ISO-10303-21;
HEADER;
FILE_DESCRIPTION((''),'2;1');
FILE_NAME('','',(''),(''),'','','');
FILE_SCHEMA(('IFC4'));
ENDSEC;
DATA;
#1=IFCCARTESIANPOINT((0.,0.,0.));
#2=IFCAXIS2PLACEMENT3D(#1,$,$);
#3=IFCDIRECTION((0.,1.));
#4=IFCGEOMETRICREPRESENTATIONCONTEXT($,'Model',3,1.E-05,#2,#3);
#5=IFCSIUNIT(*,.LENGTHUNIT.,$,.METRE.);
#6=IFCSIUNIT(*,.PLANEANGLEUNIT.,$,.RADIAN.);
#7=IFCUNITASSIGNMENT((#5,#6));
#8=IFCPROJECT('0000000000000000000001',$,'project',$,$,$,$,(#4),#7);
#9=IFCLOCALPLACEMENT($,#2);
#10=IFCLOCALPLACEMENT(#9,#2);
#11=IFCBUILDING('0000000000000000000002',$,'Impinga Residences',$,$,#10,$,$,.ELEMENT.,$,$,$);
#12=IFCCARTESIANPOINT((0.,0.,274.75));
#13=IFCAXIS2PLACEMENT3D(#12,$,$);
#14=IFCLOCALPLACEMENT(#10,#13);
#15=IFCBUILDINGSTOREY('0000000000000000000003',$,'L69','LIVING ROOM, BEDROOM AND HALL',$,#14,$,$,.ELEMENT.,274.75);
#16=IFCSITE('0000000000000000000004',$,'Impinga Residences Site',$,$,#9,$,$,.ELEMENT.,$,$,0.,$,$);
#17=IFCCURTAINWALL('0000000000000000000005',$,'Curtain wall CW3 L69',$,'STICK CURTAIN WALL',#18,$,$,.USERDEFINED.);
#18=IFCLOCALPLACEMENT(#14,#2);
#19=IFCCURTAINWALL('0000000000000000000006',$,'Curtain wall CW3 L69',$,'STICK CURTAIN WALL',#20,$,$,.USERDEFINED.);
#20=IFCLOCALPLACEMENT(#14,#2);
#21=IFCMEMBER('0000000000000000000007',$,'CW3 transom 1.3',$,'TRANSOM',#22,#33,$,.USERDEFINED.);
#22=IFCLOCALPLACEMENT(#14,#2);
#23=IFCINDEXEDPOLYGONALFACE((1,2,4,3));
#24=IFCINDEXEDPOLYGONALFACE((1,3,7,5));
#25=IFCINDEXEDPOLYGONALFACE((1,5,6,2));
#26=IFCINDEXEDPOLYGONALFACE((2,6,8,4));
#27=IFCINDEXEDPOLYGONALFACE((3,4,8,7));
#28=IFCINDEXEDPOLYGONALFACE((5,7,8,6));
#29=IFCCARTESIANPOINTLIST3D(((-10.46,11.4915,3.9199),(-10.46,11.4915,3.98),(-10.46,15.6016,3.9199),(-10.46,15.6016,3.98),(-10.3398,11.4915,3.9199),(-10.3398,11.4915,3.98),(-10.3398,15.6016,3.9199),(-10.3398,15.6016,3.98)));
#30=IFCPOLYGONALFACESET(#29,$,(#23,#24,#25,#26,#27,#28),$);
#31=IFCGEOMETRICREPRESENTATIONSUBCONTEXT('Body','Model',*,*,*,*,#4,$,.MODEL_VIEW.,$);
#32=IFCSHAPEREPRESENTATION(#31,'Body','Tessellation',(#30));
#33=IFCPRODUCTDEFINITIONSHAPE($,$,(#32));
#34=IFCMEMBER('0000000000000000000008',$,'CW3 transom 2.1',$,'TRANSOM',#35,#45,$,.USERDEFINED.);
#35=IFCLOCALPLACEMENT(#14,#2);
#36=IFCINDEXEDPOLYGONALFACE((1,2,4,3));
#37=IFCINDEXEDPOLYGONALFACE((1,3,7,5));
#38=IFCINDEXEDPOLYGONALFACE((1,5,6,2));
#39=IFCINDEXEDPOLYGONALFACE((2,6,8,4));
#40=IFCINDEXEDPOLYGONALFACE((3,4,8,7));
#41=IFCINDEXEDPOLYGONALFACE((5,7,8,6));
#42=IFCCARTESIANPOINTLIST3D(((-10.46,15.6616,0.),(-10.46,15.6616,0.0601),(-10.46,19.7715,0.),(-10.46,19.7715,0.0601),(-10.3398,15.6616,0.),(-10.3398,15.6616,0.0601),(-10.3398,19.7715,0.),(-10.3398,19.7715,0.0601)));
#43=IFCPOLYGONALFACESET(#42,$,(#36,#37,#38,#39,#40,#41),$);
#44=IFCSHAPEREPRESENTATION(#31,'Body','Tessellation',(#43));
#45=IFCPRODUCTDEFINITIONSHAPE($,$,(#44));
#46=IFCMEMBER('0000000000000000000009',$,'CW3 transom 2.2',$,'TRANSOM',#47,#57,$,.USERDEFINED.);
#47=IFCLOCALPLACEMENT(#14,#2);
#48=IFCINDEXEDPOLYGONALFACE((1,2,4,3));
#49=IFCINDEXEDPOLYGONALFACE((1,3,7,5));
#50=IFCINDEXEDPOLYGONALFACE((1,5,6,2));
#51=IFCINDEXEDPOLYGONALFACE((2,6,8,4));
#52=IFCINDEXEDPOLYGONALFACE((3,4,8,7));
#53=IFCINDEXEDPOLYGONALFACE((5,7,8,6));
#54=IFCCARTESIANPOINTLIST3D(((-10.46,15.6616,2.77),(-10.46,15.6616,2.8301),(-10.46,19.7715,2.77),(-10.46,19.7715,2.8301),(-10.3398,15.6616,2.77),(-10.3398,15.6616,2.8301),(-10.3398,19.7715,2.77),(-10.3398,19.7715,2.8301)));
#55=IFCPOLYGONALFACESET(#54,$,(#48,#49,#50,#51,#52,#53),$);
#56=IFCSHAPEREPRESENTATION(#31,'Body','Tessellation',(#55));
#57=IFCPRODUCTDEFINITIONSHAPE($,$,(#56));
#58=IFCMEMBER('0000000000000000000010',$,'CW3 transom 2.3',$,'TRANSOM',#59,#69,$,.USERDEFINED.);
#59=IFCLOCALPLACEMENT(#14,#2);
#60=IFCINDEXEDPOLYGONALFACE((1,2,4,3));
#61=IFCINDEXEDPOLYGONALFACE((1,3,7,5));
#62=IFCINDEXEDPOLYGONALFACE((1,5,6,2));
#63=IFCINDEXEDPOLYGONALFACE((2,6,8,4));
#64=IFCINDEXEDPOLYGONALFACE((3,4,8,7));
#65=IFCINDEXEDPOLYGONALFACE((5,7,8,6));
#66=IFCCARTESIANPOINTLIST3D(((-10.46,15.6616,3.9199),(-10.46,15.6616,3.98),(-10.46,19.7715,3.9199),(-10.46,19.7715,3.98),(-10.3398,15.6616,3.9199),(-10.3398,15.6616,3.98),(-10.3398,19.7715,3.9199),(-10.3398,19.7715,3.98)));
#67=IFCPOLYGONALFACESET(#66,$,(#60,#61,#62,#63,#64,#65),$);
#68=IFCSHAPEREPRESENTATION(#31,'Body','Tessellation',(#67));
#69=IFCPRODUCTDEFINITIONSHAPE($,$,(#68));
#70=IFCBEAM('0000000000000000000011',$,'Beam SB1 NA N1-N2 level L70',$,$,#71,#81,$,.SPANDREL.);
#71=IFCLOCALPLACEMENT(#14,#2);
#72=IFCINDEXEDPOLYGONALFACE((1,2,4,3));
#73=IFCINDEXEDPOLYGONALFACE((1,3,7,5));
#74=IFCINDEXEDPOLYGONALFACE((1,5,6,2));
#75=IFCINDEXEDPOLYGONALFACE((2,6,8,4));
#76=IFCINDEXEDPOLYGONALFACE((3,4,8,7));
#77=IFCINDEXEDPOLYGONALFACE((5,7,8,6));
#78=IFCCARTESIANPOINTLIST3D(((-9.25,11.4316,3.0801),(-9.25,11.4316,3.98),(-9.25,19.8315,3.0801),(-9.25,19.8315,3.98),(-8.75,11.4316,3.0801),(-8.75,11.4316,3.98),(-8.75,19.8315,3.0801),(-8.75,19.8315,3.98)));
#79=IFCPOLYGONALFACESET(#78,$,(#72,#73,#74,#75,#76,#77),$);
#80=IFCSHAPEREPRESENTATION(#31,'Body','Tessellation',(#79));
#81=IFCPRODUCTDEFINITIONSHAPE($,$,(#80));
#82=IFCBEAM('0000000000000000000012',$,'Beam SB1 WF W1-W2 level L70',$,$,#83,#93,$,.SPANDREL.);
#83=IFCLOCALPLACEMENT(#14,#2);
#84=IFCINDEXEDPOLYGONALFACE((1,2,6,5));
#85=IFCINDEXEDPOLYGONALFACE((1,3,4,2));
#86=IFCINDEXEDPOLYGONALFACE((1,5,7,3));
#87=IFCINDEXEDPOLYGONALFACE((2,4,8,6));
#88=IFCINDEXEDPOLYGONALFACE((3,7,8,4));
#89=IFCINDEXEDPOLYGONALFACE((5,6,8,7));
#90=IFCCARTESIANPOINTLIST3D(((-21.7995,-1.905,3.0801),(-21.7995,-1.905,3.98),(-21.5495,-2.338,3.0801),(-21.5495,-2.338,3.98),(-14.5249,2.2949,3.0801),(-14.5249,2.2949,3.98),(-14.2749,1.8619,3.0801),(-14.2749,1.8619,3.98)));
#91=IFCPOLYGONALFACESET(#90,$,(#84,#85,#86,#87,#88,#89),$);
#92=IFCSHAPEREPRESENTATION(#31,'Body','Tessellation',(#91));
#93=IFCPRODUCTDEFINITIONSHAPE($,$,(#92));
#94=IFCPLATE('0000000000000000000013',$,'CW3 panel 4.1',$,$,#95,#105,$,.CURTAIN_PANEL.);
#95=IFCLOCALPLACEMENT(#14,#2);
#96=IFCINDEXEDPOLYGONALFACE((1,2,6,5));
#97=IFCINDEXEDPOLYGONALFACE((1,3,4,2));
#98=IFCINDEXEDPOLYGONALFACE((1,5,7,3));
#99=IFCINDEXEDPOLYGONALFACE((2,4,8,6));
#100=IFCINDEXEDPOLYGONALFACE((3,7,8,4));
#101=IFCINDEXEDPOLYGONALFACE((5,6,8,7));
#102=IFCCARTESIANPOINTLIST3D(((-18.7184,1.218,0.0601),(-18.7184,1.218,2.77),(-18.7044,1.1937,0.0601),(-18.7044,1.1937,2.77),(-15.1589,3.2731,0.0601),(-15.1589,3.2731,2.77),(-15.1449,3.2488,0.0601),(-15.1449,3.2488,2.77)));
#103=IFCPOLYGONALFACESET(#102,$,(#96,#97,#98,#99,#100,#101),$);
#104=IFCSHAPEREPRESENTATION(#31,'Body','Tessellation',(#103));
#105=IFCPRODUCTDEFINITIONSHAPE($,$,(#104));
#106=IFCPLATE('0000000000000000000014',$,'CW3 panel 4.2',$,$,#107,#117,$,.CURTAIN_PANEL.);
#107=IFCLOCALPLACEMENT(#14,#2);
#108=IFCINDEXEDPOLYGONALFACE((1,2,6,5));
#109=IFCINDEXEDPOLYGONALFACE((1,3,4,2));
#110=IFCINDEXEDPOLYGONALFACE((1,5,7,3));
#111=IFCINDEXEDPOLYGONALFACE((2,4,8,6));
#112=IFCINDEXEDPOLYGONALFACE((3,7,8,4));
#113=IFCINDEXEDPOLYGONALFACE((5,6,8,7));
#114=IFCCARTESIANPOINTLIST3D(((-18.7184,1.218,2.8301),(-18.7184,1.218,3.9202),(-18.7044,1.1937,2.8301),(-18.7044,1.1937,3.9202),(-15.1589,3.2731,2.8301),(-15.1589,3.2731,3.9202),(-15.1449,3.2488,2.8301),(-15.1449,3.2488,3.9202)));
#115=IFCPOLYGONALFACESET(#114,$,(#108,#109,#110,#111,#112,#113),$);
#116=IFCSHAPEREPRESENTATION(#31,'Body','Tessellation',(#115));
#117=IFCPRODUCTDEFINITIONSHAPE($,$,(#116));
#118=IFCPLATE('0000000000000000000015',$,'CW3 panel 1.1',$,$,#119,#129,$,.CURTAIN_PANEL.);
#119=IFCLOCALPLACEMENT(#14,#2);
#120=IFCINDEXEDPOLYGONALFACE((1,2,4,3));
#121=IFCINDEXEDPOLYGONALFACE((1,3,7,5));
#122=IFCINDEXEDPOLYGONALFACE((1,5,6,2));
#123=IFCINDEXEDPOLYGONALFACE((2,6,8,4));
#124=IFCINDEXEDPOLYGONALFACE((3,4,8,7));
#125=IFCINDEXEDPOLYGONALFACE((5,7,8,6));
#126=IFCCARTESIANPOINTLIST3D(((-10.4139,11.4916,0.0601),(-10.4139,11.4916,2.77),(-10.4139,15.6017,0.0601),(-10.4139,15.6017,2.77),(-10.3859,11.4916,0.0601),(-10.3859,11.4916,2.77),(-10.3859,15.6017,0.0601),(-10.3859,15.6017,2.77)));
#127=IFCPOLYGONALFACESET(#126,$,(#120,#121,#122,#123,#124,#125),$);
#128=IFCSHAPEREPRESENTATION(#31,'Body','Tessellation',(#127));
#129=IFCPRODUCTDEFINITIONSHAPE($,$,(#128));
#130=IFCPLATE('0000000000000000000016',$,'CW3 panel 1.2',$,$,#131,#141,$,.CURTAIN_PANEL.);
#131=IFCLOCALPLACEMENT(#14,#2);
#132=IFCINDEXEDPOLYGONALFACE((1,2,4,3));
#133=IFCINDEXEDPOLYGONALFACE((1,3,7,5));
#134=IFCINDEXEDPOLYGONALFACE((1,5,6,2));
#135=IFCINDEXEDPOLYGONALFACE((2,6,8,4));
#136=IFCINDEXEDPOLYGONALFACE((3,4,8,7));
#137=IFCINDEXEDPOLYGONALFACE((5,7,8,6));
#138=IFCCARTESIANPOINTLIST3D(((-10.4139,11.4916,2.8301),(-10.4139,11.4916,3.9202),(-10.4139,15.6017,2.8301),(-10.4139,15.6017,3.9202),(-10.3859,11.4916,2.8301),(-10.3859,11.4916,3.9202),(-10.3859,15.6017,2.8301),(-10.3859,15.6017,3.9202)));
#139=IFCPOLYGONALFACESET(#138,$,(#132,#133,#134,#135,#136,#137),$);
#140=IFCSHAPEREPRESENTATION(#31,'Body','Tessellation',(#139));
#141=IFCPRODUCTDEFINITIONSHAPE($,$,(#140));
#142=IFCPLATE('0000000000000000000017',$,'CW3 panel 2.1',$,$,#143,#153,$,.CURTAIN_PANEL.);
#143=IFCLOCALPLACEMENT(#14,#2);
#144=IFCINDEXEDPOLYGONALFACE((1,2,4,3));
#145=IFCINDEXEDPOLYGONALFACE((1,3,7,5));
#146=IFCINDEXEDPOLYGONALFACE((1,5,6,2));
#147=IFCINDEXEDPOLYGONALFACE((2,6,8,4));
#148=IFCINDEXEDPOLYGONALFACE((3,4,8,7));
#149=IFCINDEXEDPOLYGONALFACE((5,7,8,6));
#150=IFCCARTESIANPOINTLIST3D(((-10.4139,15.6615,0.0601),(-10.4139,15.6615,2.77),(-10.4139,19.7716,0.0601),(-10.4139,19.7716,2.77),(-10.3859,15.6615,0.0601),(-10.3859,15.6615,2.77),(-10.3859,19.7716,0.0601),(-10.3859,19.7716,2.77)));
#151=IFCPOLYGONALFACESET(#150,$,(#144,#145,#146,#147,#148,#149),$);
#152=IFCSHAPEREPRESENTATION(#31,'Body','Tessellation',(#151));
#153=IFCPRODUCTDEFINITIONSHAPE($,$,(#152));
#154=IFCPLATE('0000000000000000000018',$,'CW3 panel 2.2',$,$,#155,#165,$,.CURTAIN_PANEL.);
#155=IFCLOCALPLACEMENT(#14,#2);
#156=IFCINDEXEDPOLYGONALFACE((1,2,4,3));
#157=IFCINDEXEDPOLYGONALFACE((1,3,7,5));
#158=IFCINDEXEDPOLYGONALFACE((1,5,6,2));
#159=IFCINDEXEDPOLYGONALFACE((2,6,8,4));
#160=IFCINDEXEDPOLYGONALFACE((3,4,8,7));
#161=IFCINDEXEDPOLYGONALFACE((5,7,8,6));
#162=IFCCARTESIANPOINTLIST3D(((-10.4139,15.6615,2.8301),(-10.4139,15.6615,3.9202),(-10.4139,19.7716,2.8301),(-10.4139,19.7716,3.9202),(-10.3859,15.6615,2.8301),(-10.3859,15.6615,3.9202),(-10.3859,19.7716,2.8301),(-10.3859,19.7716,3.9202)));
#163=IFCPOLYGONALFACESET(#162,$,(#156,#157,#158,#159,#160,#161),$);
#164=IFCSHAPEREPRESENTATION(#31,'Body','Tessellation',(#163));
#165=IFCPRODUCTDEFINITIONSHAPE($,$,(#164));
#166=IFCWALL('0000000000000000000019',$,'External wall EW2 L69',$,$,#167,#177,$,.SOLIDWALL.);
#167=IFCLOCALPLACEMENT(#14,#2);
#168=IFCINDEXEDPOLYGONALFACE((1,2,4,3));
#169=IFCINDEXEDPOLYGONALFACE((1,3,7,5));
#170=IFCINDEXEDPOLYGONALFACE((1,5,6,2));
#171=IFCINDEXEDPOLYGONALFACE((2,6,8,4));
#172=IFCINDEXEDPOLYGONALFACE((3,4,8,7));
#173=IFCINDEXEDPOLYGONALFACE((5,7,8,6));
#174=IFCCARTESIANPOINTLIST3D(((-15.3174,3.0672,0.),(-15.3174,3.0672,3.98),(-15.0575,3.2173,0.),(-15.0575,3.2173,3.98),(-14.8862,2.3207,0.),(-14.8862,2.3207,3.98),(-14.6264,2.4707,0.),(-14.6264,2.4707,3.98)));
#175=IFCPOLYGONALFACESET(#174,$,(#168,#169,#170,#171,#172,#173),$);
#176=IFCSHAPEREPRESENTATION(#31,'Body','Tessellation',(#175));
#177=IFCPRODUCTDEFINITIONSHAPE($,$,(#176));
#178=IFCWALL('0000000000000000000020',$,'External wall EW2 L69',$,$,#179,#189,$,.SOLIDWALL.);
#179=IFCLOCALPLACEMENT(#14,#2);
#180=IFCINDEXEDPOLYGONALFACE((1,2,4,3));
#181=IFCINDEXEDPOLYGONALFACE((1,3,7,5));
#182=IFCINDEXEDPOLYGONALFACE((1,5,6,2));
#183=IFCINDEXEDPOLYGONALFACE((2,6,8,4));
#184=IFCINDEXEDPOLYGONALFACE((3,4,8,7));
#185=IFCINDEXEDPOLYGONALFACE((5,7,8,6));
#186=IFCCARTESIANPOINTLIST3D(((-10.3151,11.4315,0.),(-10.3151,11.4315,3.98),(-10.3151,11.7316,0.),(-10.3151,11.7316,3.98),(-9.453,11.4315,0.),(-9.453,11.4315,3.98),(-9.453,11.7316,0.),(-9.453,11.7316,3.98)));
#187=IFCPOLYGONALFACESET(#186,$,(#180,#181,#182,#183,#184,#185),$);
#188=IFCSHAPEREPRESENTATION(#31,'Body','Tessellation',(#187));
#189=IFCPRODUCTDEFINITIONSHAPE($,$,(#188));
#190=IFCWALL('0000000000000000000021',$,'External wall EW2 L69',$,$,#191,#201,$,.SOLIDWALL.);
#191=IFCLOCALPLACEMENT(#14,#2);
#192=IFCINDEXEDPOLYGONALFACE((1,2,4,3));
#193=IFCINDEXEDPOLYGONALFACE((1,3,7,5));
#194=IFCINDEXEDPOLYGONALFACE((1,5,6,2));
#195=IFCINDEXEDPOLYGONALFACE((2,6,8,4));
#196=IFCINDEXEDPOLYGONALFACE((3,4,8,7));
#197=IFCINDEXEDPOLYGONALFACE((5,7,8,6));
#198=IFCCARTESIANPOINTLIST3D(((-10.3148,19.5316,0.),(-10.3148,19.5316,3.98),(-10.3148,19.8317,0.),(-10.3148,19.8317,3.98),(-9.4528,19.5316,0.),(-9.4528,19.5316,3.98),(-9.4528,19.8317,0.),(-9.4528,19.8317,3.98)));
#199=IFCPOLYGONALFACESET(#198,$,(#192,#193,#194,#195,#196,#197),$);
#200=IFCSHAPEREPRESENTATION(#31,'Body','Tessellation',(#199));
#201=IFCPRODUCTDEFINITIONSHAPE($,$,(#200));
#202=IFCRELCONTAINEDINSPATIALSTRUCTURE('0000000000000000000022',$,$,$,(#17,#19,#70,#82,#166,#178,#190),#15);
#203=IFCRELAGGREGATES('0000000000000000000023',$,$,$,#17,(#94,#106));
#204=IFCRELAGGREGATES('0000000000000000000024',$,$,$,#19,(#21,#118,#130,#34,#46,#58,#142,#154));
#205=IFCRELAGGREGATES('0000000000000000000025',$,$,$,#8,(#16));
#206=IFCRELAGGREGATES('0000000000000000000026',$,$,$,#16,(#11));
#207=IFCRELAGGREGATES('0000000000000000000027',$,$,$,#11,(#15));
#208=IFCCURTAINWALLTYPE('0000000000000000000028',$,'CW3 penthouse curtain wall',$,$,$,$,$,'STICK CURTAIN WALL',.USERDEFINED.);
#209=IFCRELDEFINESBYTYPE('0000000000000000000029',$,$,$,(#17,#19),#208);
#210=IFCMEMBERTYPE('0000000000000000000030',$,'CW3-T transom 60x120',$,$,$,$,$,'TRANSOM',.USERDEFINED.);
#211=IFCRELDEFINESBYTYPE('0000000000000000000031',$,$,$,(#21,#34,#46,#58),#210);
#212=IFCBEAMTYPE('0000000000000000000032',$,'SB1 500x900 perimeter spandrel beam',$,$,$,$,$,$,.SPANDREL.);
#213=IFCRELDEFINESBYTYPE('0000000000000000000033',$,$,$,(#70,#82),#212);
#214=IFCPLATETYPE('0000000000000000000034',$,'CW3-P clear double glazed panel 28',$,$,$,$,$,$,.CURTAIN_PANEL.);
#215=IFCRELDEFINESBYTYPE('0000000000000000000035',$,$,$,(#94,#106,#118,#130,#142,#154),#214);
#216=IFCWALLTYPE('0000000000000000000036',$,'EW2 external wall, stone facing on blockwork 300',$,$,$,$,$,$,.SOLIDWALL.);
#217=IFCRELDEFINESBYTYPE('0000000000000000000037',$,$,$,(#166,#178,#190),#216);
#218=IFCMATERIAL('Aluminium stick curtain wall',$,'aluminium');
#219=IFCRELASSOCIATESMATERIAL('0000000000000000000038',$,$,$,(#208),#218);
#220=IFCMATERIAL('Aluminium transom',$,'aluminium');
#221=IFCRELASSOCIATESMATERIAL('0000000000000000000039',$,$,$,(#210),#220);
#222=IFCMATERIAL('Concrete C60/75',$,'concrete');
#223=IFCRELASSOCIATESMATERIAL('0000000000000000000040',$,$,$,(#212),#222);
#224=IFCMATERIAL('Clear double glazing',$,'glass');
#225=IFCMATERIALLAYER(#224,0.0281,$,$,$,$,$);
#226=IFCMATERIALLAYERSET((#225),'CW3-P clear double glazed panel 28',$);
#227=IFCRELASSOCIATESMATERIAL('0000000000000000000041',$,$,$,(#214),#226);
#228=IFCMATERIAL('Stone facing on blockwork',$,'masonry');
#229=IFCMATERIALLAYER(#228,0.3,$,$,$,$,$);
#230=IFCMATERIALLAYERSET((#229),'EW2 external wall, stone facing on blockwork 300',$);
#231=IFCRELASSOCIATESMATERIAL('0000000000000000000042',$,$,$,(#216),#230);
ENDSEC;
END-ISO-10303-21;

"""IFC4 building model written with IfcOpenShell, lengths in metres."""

from ifc_helpers import new_model, si_unit, direction, frame, frame_2d, origin, origin_2d, place, context, subcontext, project, spatial, rectangle, extrude, material, layer, layer_set, material_profile, profile_set, type_object, element, aggregate, save


model = new_model("IFC4")

# Units and contexts
model_context = context("Model", 3, precision=1e-05, world=origin(), true_north=direction((0.0, 1.0)))
body_context = subcontext(model_context, "Body", "Model", "MODEL_VIEW")
ifc_project = project(units=[si_unit("LENGTHUNIT", "METRE"), si_unit("PLANEANGLEUNIT", "RADIAN")], contexts=[model_context])

# Site, building, storey
site_placement = place(None, origin())
site = spatial("IfcSite", under=ifc_project, at=site_placement, Name="Impinga Residences Site", CompositionType="ELEMENT", RefElevation=0.0)
building_placement = place(site_placement, origin())
building = spatial("IfcBuilding", under=site, at=building_placement, Name="Impinga Residences", CompositionType="ELEMENT")
storey_placement = place(building_placement, frame((0.0, 0.0, 274.75)))
storey = spatial("IfcBuildingStorey", under=building, at=storey_placement, Name="L69", Description="LIVING ROOM, BEDROOM AND HALL", CompositionType="ELEMENT", Elevation=274.75)

# Shared definitions
ifc_material_1 = material(Name="Concrete C60/75", Category="concrete")

# Curtain wall
ifc_material_2 = material(Name="Aluminium stick curtain wall", Category="aluminium")
curtain_wall_type = type_object("IfcCurtainWallType", Name="CW3 penthouse curtain wall", ElementType="STICK CURTAIN WALL", PredefinedType="USERDEFINED", material=ifc_material_2)
curtain_wall_1_placement = place(storey_placement, origin())
curtain_wall_1 = element("IfcCurtainWall", 1, at=curtain_wall_1_placement, inside=storey, type_object=curtain_wall_type, Name="Curtain wall CW3 L69", ObjectType="STICK CURTAIN WALL", PredefinedType="USERDEFINED")

# Curtain wall
curtain_wall_2_placement = place(storey_placement, origin())
curtain_wall_2 = element("IfcCurtainWall", 2, at=curtain_wall_2_placement, inside=storey, type_object=curtain_wall_type, Name="Curtain wall CW3 L69", ObjectType="STICK CURTAIN WALL", PredefinedType="USERDEFINED")

# Members
ifc_material_3 = material(Name="Aluminium transom", Category="aluminium")
ifc_material_profile_1 = material_profile(ifc_material_3, rectangle(XDim=0.0601, YDim=0.1201, at=origin_2d()), Name="60x120 transom")
ifc_profile_set_1 = profile_set([ifc_material_profile_1], Name="Aluminium transom")
member_type_1 = type_object("IfcMemberType", Name="CW3-T transom 60x120", ElementType="TRANSOM", PredefinedType="USERDEFINED", material=ifc_profile_set_1)
member_1_placement = place(storey_placement, frame((-10.3999, 11.4915, 3.95), z_axis=(0.0, 1.0, 0.0), x_axis=(0.0, 0.0, 1.0)))
member_1 = element("IfcMember", 3, at=member_1_placement, type_object=member_type_1, Name="CW3 transom 1.3", ObjectType="TRANSOM", PredefinedType="USERDEFINED", context=body_context, shape_type="SweptSolid", body=[
    extrude(rectangle(XDim=0.0601, YDim=0.1201, at=origin_2d()), origin(), (0.0, 0.0, 1.0), 4.1101),
])
member_2_placement = place(storey_placement, frame((-10.3999, 15.6616, 0.03), z_axis=(0.0, 1.0, 0.0), x_axis=(0.0, 0.0, 1.0)))
member_2 = element("IfcMember", 4, at=member_2_placement, type_object=member_type_1, Name="CW3 transom 2.1", ObjectType="TRANSOM", PredefinedType="USERDEFINED", context=body_context, shape_type="SweptSolid", body=[
    extrude(rectangle(XDim=0.0601, YDim=0.1201, at=origin_2d()), origin(), (0.0, 0.0, 1.0), 4.1099),
])
member_3_placement = place(storey_placement, frame((-10.3999, 15.6616, 2.8), z_axis=(0.0, 1.0, 0.0), x_axis=(0.0, 0.0, 1.0)))
member_3 = element("IfcMember", 5, at=member_3_placement, type_object=member_type_1, Name="CW3 transom 2.2", ObjectType="TRANSOM", PredefinedType="USERDEFINED", context=body_context, shape_type="SweptSolid", body=[
    extrude(rectangle(XDim=0.0601, YDim=0.1201, at=origin_2d()), origin(), (0.0, 0.0, 1.0), 4.1099),
])
member_4_placement = place(storey_placement, frame((-10.3999, 15.6616, 3.95), z_axis=(0.0, 1.0, 0.0), x_axis=(0.0, 0.0, 1.0)))
member_4 = element("IfcMember", 6, at=member_4_placement, type_object=member_type_1, Name="CW3 transom 2.3", ObjectType="TRANSOM", PredefinedType="USERDEFINED", context=body_context, shape_type="SweptSolid", body=[
    extrude(rectangle(XDim=0.0601, YDim=0.1201, at=origin_2d()), origin(), (0.0, 0.0, 1.0), 4.1099),
])

# Beams
ifc_material_profile_2 = material_profile(ifc_material_1, rectangle(XDim=0.5, YDim=0.8999, at=origin_2d()), Name="RC 500x900")
ifc_profile_set_2 = profile_set([ifc_material_profile_2], Name="Concrete C60/75")
beam_type_1 = type_object("IfcBeamType", Name="SB1 500x900 perimeter spandrel beam", PredefinedType="SPANDREL", material=ifc_profile_set_2)
for number, where, z_axis, x_axis, name in (
    (7, (-9.0, 11.4316, 3.53), (0.0, 1.0, 0.0), (-1.0, 0.0, 0.0), "Beam SB1 NA N1-N2 level L70"),
    (8, (-14.3999, 2.0784, 3.53), (-0.866029, -0.499993, 0.0), (0.499993, -0.866029, 0.0), "Beam SB1 WF W1-W2 level L70"),
):
    element("IfcBeam", number, at=place(storey_placement, frame(where, z_axis=z_axis, x_axis=x_axis)), inside=storey, type_object=beam_type_1, Name=name, PredefinedType="SPANDREL", context=body_context, shape_type="SweptSolid", body=[
        extrude(rectangle(XDim=0.5, YDim=0.8999, at=origin_2d()), origin(), (0.0, 0.0, 1.0), 8.3999),
    ])

# Plates
ifc_material_4 = material(Name="Clear double glazing", Category="glass")
ifc_layer_1 = layer(ifc_material_4, 0.0281)
ifc_layer_set_1 = layer_set([ifc_layer_1], Name="CW3-P clear double glazed panel 28")
plate_type = type_object("IfcPlateType", Name="CW3-P clear double glazed panel 28", PredefinedType="CURTAIN_PANEL", material=ifc_layer_set_1)
plate_1_placement = place(storey_placement, frame((-16.9316, 2.2334, 0.0601), z_axis=(0.0, 0.0, 1.0), x_axis=(0.866025, 0.5, 0.0)))
plate_1 = element("IfcPlate", 9, at=plate_1_placement, type_object=plate_type, Name="CW3 panel 4.1", PredefinedType="CURTAIN_PANEL", context=body_context, shape_type="SweptSolid", body=[
    extrude(rectangle(XDim=4.1101, YDim=0.0281, at=origin_2d()), origin(), (0.0, 0.0, 1.0), 2.71),
])
plate_2_placement = place(storey_placement, frame((-16.9316, 2.2334, 2.8301), z_axis=(0.0, 0.0, 1.0), x_axis=(0.866025, 0.5, 0.0)))
plate_2 = element("IfcPlate", 10, at=plate_2_placement, type_object=plate_type, Name="CW3 panel 4.2", PredefinedType="CURTAIN_PANEL", context=body_context, shape_type="SweptSolid", body=[
    extrude(rectangle(XDim=4.1101, YDim=0.0281, at=origin_2d()), origin(), (0.0, 0.0, 1.0), 1.0901),
])
aggregate(curtain_wall_1, [plate_1, plate_2])
plate_3_placement = place(storey_placement, frame((-10.3999, 13.5466, 0.0601), z_axis=(0.0, 0.0, 1.0), x_axis=(0.0, 1.0, 0.0)))
plate_3 = element("IfcPlate", 11, at=plate_3_placement, type_object=plate_type, Name="CW3 panel 1.1", PredefinedType="CURTAIN_PANEL", context=body_context, shape_type="SweptSolid", body=[
    extrude(rectangle(XDim=4.1101, YDim=0.0281, at=origin_2d()), origin(), (0.0, 0.0, 1.0), 2.71),
])
plate_4_placement = place(storey_placement, frame((-10.3999, 13.5466, 2.8301), z_axis=(0.0, 0.0, 1.0), x_axis=(0.0, 1.0, 0.0)))
plate_4 = element("IfcPlate", 12, at=plate_4_placement, type_object=plate_type, Name="CW3 panel 1.2", PredefinedType="CURTAIN_PANEL", context=body_context, shape_type="SweptSolid", body=[
    extrude(rectangle(XDim=4.1101, YDim=0.0281, at=origin_2d()), origin(), (0.0, 0.0, 1.0), 1.0901),
])
plate_5_placement = place(storey_placement, frame((-10.3999, 17.7166, 0.0601), z_axis=(0.0, 0.0, 1.0), x_axis=(0.0, 1.0, 0.0)))
plate_5 = element("IfcPlate", 13, at=plate_5_placement, type_object=plate_type, Name="CW3 panel 2.1", PredefinedType="CURTAIN_PANEL", context=body_context, shape_type="SweptSolid", body=[
    extrude(rectangle(XDim=4.1101, YDim=0.0281, at=origin_2d()), origin(), (0.0, 0.0, 1.0), 2.71),
])
plate_6_placement = place(storey_placement, frame((-10.3999, 17.7166, 2.8301), z_axis=(0.0, 0.0, 1.0), x_axis=(0.0, 1.0, 0.0)))
plate_6 = element("IfcPlate", 14, at=plate_6_placement, type_object=plate_type, Name="CW3 panel 2.2", PredefinedType="CURTAIN_PANEL", context=body_context, shape_type="SweptSolid", body=[
    extrude(rectangle(XDim=4.1101, YDim=0.0281, at=origin_2d()), origin(), (0.0, 0.0, 1.0), 1.0901),
])
aggregate(curtain_wall_2, [member_1, plate_3, plate_4, member_2, member_3, member_4, plate_5, plate_6])

# Walls
ifc_material_5 = material(Name="Stone facing on blockwork", Category="masonry")
ifc_layer_2 = layer(ifc_material_5, 0.3)
ifc_layer_set_2 = layer_set([ifc_layer_2], Name="EW2 external wall, stone facing on blockwork 300")
wall_type_1 = type_object("IfcWallType", Name="EW2 external wall, stone facing on blockwork 300", PredefinedType="SOLIDWALL", material=ifc_layer_set_2)
for number, where, z_axis, x_axis, name in (
    (15, (-15.1875, 3.1423, 0.0), (0.0, 0.0, 1.0), (0.500098, -0.865969, 0.0), "External wall EW2 L69"),
    (16, (-9.4529, 11.5815, 0.0), (0.0, 0.0, 1.0), (-1.0, 0.0, 0.0), "External wall EW2 L69"),
    (17, (-10.3149, 19.6816, 0.0), (0.0, 0.0, 1.0), (1.0, 0.0, 0.0), "External wall EW2 L69"),
):
    element("IfcWall", number, at=place(storey_placement, frame(where, z_axis=z_axis, x_axis=x_axis)), inside=storey, type_object=wall_type_1, Name=name, PredefinedType="SOLIDWALL", context=body_context, shape_type="SweptSolid", body=[
        extrude(rectangle(XDim=0.8621, YDim=0.3, at=frame_2d((0.4312, 0.0))), origin(), (0.0, 0.0, 1.0), 3.98),
    ])

save(model, "model.ifc")
